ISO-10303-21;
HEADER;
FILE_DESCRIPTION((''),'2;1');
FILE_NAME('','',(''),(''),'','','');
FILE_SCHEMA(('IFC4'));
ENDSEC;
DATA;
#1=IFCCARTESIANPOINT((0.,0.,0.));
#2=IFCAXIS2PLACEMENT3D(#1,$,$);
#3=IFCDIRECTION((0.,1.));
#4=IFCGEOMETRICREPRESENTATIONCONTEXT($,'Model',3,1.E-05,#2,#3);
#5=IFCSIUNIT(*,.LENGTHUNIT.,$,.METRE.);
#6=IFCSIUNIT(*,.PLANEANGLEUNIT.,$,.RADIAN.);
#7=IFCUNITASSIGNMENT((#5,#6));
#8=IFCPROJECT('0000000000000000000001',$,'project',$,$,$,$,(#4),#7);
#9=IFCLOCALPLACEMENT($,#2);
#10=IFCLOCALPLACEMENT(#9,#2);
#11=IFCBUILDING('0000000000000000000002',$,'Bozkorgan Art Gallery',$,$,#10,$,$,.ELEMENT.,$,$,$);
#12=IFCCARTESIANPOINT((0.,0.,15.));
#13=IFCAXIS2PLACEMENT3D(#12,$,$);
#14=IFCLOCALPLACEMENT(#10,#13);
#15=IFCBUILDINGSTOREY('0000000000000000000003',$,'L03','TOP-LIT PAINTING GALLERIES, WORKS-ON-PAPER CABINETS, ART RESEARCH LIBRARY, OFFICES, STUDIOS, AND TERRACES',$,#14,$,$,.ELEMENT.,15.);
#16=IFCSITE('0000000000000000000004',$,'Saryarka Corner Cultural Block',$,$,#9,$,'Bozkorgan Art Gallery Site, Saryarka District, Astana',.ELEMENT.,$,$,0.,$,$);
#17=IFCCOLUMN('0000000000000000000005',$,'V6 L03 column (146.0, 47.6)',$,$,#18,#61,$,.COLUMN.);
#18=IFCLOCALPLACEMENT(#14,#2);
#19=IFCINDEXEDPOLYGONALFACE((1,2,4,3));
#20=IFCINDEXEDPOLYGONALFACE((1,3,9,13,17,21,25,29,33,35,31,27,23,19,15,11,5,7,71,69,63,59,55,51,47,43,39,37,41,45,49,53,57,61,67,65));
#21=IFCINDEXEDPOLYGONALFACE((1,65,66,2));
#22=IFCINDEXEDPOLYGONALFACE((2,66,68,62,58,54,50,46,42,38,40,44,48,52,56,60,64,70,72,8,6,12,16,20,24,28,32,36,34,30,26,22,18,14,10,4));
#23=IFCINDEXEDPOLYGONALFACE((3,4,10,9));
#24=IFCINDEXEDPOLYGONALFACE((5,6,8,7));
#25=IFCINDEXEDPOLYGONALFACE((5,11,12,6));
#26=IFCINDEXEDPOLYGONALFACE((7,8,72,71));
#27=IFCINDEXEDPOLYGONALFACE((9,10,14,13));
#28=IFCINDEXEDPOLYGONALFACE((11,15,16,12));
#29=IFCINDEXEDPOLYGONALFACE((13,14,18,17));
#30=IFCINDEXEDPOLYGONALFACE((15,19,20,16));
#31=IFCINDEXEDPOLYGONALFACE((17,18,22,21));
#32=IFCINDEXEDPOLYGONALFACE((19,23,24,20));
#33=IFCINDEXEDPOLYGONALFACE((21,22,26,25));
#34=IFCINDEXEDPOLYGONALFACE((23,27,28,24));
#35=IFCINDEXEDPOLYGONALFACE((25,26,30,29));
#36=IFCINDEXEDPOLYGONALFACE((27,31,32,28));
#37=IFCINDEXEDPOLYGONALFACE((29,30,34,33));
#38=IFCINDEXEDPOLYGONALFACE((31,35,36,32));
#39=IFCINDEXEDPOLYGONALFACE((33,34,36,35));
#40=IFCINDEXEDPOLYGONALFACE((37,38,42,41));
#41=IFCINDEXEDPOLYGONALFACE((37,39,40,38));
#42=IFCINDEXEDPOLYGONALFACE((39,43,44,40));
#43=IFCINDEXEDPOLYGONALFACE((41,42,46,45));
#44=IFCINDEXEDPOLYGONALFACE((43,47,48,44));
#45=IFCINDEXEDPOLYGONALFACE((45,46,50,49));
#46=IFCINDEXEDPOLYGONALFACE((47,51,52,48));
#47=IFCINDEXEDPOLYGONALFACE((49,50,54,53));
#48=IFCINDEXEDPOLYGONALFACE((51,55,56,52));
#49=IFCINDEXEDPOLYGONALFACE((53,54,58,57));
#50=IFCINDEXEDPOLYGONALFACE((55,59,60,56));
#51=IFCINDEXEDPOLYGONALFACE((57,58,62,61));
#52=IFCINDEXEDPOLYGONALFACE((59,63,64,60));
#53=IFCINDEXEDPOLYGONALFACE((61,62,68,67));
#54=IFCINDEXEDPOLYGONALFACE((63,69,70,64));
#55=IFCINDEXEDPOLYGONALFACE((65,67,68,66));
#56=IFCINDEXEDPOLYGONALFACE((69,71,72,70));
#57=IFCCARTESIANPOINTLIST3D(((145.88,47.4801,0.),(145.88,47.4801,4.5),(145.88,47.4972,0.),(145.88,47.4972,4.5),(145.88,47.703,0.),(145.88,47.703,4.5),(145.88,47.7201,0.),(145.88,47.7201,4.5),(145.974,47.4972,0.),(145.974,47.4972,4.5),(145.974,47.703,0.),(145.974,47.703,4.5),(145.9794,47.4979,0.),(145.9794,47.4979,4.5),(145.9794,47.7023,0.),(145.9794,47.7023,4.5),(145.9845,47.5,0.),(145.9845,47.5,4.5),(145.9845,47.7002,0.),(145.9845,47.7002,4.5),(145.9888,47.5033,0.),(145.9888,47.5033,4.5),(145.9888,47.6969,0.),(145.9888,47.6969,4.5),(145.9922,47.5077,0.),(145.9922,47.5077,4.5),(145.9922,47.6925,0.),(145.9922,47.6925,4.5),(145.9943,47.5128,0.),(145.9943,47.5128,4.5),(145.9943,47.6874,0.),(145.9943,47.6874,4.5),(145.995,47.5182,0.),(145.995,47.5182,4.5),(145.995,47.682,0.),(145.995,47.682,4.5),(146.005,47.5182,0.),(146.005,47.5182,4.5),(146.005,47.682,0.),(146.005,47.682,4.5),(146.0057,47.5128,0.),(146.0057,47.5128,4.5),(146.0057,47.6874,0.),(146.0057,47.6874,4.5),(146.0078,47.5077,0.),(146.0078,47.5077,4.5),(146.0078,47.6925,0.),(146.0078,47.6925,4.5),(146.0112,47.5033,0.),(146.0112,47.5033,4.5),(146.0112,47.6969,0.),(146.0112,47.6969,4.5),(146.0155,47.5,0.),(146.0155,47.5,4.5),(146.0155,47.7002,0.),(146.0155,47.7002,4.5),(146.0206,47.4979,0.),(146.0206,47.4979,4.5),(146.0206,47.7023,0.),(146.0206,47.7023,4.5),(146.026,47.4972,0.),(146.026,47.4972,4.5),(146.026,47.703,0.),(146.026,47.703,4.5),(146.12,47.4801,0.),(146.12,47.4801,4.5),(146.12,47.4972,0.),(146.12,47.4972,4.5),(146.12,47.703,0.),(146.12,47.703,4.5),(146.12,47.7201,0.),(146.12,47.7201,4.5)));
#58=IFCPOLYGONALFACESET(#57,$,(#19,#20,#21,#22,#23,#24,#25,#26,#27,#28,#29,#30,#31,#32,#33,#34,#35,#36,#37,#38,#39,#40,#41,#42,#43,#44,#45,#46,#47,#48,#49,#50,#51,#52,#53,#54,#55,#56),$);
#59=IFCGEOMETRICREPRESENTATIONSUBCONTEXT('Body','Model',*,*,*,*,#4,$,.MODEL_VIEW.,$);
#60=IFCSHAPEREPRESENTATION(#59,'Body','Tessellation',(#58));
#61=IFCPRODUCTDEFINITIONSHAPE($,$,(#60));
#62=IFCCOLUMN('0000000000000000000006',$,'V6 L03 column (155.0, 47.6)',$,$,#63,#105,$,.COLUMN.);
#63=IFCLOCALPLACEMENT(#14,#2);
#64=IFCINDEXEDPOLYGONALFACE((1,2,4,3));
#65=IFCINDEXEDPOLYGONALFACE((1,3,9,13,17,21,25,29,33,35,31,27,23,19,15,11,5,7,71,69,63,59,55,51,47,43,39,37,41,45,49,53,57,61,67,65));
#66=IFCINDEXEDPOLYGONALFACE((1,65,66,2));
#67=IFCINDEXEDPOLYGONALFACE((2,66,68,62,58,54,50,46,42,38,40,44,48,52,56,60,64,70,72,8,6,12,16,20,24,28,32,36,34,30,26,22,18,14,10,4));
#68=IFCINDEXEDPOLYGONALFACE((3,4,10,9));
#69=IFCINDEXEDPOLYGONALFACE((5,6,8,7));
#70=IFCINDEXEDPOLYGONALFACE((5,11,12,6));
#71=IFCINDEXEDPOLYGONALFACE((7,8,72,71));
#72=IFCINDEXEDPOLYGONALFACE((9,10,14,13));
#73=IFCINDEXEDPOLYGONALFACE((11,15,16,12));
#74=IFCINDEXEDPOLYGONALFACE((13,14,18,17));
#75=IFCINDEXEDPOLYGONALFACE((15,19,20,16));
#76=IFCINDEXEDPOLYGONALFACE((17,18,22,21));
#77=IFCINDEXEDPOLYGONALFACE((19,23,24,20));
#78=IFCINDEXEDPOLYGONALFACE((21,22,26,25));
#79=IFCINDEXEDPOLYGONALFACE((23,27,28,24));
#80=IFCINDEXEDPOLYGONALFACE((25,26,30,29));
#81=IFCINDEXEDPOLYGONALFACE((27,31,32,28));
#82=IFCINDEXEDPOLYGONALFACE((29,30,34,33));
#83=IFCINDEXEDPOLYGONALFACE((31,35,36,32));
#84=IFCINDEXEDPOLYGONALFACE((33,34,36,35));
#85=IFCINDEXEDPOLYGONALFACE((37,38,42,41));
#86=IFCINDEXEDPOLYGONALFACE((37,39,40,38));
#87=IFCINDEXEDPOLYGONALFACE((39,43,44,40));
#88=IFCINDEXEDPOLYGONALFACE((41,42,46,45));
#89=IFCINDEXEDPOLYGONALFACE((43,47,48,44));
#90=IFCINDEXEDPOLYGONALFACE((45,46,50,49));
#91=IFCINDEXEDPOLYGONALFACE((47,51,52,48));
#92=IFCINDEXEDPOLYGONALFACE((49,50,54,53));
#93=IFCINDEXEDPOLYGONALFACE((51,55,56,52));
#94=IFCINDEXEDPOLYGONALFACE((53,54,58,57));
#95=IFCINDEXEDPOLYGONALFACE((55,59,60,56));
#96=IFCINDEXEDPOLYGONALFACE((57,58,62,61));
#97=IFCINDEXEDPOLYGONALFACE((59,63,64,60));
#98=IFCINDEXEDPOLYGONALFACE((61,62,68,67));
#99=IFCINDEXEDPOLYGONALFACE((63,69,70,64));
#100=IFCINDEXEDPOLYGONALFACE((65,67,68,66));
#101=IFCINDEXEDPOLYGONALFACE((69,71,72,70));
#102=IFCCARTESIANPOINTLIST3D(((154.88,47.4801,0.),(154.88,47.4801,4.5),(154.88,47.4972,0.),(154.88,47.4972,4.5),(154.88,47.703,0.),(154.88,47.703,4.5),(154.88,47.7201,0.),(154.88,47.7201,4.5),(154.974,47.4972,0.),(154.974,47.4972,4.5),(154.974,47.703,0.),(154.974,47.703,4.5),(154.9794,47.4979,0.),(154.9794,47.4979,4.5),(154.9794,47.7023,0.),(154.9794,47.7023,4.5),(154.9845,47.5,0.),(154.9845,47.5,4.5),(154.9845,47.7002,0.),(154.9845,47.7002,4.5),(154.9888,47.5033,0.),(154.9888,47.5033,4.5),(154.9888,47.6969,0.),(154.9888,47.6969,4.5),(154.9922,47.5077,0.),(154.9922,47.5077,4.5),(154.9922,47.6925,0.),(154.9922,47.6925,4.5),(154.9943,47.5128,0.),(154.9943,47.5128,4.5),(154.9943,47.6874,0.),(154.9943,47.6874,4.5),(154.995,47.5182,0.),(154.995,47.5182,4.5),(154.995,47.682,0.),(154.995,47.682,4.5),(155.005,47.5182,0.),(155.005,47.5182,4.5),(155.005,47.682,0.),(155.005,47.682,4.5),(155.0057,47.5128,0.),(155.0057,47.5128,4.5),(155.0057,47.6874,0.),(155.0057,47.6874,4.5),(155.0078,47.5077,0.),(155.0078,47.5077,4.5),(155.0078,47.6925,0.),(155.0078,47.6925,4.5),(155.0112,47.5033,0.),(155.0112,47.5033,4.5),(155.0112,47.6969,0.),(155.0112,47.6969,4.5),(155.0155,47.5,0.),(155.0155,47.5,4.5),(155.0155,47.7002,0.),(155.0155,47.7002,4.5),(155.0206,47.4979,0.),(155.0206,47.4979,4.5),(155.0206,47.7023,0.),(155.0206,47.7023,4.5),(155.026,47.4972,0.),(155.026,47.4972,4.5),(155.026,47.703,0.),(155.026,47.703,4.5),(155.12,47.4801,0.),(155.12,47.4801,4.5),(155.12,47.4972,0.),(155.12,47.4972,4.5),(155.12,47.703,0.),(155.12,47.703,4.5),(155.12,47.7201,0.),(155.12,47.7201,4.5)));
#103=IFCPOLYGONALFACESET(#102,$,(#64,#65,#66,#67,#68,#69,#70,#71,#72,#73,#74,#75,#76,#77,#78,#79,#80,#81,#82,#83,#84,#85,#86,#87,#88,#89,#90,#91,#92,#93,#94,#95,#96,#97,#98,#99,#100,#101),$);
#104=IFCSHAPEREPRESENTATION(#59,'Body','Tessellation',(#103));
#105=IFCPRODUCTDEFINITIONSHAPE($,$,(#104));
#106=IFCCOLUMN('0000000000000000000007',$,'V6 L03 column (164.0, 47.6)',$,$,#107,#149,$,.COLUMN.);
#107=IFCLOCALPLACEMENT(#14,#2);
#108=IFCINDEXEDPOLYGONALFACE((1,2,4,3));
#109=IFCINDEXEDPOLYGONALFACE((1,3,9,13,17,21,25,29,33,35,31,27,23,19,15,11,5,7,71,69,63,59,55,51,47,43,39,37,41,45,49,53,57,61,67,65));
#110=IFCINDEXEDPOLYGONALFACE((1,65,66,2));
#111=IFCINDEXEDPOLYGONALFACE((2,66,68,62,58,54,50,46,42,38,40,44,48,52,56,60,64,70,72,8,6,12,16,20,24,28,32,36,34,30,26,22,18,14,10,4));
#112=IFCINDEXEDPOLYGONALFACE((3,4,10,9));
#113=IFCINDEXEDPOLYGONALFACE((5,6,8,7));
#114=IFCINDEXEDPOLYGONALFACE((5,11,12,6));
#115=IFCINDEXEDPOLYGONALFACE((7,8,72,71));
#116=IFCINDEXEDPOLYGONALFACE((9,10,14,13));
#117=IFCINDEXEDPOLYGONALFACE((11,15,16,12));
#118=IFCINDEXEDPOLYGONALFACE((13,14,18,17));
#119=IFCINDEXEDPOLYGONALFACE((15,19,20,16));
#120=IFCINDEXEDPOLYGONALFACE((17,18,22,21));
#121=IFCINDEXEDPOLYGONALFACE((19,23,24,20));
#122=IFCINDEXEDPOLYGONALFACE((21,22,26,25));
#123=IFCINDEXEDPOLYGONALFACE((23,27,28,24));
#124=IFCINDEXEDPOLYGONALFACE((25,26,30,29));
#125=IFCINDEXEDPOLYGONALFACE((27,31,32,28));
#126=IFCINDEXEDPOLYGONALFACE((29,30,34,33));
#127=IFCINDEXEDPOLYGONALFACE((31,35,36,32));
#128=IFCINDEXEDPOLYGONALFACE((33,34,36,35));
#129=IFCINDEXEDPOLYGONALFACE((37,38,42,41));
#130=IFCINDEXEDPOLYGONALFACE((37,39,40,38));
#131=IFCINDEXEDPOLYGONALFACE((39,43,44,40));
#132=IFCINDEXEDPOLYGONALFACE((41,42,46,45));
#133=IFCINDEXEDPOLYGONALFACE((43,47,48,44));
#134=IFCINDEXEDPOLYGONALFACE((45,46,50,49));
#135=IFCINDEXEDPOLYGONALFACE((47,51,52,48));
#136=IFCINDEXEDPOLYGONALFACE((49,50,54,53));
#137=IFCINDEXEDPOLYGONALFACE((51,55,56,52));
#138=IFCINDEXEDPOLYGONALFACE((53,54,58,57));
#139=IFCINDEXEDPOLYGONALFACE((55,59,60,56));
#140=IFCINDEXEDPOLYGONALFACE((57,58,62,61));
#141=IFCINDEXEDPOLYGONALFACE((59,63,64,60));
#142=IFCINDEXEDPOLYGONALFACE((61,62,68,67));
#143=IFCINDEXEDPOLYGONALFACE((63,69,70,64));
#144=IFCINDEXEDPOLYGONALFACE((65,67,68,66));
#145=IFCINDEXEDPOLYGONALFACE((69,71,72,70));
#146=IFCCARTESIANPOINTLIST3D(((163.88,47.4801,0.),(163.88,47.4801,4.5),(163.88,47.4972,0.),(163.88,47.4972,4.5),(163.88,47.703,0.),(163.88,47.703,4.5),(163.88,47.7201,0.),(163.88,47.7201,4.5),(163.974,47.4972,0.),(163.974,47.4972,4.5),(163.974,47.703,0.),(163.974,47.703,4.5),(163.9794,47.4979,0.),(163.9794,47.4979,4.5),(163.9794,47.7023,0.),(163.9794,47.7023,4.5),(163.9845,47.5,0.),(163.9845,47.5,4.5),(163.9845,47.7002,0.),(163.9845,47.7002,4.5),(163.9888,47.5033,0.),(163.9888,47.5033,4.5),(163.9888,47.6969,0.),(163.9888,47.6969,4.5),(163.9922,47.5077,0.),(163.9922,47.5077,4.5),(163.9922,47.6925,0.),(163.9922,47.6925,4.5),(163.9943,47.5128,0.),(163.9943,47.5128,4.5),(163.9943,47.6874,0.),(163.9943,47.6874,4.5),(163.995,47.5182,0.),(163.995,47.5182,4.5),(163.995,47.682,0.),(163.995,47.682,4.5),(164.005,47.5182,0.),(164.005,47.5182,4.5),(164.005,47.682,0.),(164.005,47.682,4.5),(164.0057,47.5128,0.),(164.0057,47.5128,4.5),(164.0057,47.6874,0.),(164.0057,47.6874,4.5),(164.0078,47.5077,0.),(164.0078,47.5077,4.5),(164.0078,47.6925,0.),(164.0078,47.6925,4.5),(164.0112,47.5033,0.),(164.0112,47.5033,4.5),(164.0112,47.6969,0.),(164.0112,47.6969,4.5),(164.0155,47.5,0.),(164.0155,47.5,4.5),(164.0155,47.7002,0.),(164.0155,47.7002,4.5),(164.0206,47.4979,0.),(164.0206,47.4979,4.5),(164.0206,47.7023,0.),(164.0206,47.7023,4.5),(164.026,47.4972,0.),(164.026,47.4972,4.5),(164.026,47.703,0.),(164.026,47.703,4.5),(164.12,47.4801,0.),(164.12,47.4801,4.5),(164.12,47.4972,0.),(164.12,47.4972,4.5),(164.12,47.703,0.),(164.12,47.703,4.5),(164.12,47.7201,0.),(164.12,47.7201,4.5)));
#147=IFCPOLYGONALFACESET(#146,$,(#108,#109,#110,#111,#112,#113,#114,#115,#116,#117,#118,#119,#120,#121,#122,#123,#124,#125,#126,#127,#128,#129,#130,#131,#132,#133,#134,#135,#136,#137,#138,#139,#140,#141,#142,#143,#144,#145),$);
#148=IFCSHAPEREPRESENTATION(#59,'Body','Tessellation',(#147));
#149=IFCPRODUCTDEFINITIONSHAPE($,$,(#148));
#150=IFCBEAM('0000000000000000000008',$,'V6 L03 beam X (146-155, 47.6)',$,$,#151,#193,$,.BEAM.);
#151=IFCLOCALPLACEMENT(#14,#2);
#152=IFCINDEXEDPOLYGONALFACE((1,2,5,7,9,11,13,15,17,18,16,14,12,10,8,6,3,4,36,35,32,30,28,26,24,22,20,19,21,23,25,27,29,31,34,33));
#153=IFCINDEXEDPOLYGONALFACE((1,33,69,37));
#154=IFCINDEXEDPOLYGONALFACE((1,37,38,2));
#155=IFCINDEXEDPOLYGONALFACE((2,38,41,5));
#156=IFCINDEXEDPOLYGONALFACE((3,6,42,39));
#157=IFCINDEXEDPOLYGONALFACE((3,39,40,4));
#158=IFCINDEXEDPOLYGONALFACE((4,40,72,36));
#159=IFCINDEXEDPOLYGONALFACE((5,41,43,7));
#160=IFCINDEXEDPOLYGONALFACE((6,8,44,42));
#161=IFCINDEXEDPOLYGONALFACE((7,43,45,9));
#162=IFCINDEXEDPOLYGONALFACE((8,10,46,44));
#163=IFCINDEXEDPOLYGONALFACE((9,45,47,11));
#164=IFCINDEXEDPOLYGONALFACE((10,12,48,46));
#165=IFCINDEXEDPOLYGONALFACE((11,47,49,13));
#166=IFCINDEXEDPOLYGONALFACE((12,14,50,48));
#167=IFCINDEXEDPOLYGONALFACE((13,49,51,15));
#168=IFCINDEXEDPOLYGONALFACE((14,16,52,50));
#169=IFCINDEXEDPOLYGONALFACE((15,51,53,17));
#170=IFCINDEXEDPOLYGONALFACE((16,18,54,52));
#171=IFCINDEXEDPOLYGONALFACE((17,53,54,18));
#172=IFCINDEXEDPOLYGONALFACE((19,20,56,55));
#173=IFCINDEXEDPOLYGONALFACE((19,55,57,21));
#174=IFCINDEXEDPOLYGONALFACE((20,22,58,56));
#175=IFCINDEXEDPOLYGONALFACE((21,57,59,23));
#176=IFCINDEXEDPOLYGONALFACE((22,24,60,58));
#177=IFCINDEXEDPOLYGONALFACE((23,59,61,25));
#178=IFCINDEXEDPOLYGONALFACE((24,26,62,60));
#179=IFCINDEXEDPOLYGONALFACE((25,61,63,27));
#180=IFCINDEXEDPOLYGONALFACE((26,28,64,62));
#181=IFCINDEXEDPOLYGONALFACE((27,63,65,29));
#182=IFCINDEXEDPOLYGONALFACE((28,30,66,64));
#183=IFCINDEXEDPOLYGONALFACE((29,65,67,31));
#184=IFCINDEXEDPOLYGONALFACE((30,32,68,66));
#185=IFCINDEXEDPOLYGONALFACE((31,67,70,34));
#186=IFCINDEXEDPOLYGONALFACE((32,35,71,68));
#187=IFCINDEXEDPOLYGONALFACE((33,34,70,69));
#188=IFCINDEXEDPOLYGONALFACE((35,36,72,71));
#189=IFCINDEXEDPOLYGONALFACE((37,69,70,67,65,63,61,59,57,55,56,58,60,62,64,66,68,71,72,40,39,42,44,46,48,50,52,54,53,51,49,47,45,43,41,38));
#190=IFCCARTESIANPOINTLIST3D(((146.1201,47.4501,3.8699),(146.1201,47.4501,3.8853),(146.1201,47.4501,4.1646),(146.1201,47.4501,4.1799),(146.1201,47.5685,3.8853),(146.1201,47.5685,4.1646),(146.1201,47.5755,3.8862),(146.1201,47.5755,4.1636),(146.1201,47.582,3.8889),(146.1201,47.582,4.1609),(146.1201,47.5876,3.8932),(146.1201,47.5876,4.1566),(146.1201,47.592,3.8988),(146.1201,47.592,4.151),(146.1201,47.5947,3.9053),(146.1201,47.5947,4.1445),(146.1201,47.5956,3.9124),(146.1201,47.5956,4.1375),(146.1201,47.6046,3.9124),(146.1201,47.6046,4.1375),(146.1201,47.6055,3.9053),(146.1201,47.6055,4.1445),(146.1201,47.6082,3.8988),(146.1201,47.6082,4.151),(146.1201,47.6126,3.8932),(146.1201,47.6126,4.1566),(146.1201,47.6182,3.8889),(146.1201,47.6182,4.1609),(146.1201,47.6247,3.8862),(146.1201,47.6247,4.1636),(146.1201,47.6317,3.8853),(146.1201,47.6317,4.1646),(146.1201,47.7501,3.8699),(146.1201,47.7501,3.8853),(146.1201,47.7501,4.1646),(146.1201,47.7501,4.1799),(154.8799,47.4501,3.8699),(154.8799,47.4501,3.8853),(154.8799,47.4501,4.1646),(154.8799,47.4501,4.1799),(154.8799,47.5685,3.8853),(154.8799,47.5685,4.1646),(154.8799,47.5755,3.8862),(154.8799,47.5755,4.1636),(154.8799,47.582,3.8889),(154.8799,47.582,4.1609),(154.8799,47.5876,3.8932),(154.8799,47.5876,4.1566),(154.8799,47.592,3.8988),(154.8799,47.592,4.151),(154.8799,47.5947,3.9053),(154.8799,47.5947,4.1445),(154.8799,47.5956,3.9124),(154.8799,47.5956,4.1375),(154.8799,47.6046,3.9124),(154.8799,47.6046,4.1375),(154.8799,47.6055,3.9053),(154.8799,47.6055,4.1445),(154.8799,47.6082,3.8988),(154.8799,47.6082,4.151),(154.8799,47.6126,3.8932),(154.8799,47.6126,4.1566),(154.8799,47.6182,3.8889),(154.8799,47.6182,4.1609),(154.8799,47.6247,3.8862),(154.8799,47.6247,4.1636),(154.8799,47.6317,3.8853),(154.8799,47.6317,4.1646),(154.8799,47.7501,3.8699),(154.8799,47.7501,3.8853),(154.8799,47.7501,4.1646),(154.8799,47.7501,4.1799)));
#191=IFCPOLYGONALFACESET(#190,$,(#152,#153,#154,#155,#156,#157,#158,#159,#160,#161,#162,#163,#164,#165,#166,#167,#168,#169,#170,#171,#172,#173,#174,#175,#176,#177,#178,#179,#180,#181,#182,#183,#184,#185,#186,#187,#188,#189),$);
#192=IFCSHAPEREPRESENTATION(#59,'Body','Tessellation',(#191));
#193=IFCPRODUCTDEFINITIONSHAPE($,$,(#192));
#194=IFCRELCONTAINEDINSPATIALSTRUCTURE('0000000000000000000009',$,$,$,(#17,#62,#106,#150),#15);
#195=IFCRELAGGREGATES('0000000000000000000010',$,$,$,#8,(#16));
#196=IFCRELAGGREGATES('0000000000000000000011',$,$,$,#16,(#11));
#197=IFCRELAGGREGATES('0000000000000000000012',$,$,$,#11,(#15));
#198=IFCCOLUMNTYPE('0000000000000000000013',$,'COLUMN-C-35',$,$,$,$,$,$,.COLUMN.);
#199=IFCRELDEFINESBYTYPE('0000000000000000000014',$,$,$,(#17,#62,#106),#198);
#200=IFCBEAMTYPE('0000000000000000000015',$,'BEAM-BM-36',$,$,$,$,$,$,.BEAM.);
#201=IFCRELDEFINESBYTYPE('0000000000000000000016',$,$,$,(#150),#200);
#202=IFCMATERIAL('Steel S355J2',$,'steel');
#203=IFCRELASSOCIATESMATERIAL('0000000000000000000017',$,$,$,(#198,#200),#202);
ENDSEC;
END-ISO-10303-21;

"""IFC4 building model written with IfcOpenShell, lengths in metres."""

from ifc_helpers import new_model, si_unit, direction, frame, origin, origin_2d, place, context, subcontext, project, spatial, i_section, extrude, material, material_profile, profile_set, type_object, element, save


model = new_model("IFC4")

# Units and contexts
model_context = context("Model", 3, precision=1e-05, world=origin(), true_north=direction((0.0, 1.0)))
body_context = subcontext(model_context, "Body", "Model", "MODEL_VIEW")
ifc_project = project(units=[si_unit("LENGTHUNIT", "METRE"), si_unit("PLANEANGLEUNIT", "RADIAN")], contexts=[model_context])

# Site, building, storey
site_placement = place(None, origin())
site = spatial("IfcSite", under=ifc_project, at=site_placement, Name="Saryarka Corner Cultural Block", LongName="Bozkorgan Art Gallery Site, Saryarka District, Astana", CompositionType="ELEMENT", RefElevation=0.0)
building_placement = place(site_placement, origin())
building = spatial("IfcBuilding", under=site, at=building_placement, Name="Bozkorgan Art Gallery", CompositionType="ELEMENT")
storey_placement = place(building_placement, frame((0.0, 0.0, 15.0)))
storey = spatial("IfcBuildingStorey", under=building, at=storey_placement, Name="L03", Description="TOP-LIT PAINTING GALLERIES, WORKS-ON-PAPER CABINETS, ART RESEARCH LIBRARY, OFFICES, STUDIOS, AND TERRACES", CompositionType="ELEMENT", Elevation=15.0)

# Columns
ifc_material_1 = material(Name="Steel S355J2", Category="steel")
ifc_material_profile_1 = material_profile(ifc_material_1, i_section(OverallWidth=0.24, OverallDepth=0.24, WebThickness=0.01, FlangeThickness=0.0171, FilletRadius=0.021, at=origin_2d()), Name="HEB 240")
ifc_profile_set_1 = profile_set([ifc_material_profile_1], Name="Steel S355J2")
column_type = type_object("IfcColumnType", Name="COLUMN-C-35", PredefinedType="COLUMN", material=ifc_profile_set_1)
for number, where, z_axis, x_axis, name in (
    (1, (146.0, 47.6001, 0.0), (0.0, 0.0, 1.0), (1.0, 0.0, 0.0), "V6 L03 column (146.0, 47.6)"),
    (2, (155.0, 47.6001, 0.0), (0.0, 0.0, 1.0), (1.0, 0.0, 0.0), "V6 L03 column (155.0, 47.6)"),
    (3, (164.0, 47.6001, 0.0), (0.0, 0.0, 1.0), (1.0, 0.0, 0.0), "V6 L03 column (164.0, 47.6)"),
):
    element("IfcColumn", number, at=place(storey_placement, frame(where, z_axis=z_axis, x_axis=x_axis)), inside=storey, type_object=column_type, Name=name, PredefinedType="COLUMN", context=body_context, shape_type="SweptSolid", body=[
        extrude(i_section(OverallWidth=0.24, OverallDepth=0.24, WebThickness=0.01, FlangeThickness=0.0171, FilletRadius=0.021, at=origin_2d()), origin(), (0.0, 0.0, 1.0), 4.5),
    ])

# Beam
ifc_material_profile_2 = material_profile(ifc_material_1, i_section(OverallWidth=0.3, OverallDepth=0.3101, WebThickness=0.009, FlangeThickness=0.0154, FilletRadius=0.0271, at=origin_2d()), Name="HEA 320")
ifc_profile_set_2 = profile_set([ifc_material_profile_2], Name="Steel S355J2")
beam_type = type_object("IfcBeamType", Name="BEAM-BM-36", PredefinedType="BEAM", material=ifc_profile_set_2)
for number, where, z_axis, x_axis, name in (
    (4, (146.1201, 47.6001, 4.0249), (1.0, 0.0, 0.0), (0.0, 1.0, 0.0), "V6 L03 beam X (146-155, 47.6)"),
):
    element("IfcBeam", number, at=place(storey_placement, frame(where, z_axis=z_axis, x_axis=x_axis)), inside=storey, type_object=beam_type, Name=name, PredefinedType="BEAM", context=body_context, shape_type="SweptSolid", body=[
        extrude(i_section(OverallWidth=0.3, OverallDepth=0.3101, WebThickness=0.009, FlangeThickness=0.0154, FilletRadius=0.0271, at=origin_2d()), origin(), (0.0, 0.0, 1.0), 8.7598),
    ])

save(model, "model.ifc")
